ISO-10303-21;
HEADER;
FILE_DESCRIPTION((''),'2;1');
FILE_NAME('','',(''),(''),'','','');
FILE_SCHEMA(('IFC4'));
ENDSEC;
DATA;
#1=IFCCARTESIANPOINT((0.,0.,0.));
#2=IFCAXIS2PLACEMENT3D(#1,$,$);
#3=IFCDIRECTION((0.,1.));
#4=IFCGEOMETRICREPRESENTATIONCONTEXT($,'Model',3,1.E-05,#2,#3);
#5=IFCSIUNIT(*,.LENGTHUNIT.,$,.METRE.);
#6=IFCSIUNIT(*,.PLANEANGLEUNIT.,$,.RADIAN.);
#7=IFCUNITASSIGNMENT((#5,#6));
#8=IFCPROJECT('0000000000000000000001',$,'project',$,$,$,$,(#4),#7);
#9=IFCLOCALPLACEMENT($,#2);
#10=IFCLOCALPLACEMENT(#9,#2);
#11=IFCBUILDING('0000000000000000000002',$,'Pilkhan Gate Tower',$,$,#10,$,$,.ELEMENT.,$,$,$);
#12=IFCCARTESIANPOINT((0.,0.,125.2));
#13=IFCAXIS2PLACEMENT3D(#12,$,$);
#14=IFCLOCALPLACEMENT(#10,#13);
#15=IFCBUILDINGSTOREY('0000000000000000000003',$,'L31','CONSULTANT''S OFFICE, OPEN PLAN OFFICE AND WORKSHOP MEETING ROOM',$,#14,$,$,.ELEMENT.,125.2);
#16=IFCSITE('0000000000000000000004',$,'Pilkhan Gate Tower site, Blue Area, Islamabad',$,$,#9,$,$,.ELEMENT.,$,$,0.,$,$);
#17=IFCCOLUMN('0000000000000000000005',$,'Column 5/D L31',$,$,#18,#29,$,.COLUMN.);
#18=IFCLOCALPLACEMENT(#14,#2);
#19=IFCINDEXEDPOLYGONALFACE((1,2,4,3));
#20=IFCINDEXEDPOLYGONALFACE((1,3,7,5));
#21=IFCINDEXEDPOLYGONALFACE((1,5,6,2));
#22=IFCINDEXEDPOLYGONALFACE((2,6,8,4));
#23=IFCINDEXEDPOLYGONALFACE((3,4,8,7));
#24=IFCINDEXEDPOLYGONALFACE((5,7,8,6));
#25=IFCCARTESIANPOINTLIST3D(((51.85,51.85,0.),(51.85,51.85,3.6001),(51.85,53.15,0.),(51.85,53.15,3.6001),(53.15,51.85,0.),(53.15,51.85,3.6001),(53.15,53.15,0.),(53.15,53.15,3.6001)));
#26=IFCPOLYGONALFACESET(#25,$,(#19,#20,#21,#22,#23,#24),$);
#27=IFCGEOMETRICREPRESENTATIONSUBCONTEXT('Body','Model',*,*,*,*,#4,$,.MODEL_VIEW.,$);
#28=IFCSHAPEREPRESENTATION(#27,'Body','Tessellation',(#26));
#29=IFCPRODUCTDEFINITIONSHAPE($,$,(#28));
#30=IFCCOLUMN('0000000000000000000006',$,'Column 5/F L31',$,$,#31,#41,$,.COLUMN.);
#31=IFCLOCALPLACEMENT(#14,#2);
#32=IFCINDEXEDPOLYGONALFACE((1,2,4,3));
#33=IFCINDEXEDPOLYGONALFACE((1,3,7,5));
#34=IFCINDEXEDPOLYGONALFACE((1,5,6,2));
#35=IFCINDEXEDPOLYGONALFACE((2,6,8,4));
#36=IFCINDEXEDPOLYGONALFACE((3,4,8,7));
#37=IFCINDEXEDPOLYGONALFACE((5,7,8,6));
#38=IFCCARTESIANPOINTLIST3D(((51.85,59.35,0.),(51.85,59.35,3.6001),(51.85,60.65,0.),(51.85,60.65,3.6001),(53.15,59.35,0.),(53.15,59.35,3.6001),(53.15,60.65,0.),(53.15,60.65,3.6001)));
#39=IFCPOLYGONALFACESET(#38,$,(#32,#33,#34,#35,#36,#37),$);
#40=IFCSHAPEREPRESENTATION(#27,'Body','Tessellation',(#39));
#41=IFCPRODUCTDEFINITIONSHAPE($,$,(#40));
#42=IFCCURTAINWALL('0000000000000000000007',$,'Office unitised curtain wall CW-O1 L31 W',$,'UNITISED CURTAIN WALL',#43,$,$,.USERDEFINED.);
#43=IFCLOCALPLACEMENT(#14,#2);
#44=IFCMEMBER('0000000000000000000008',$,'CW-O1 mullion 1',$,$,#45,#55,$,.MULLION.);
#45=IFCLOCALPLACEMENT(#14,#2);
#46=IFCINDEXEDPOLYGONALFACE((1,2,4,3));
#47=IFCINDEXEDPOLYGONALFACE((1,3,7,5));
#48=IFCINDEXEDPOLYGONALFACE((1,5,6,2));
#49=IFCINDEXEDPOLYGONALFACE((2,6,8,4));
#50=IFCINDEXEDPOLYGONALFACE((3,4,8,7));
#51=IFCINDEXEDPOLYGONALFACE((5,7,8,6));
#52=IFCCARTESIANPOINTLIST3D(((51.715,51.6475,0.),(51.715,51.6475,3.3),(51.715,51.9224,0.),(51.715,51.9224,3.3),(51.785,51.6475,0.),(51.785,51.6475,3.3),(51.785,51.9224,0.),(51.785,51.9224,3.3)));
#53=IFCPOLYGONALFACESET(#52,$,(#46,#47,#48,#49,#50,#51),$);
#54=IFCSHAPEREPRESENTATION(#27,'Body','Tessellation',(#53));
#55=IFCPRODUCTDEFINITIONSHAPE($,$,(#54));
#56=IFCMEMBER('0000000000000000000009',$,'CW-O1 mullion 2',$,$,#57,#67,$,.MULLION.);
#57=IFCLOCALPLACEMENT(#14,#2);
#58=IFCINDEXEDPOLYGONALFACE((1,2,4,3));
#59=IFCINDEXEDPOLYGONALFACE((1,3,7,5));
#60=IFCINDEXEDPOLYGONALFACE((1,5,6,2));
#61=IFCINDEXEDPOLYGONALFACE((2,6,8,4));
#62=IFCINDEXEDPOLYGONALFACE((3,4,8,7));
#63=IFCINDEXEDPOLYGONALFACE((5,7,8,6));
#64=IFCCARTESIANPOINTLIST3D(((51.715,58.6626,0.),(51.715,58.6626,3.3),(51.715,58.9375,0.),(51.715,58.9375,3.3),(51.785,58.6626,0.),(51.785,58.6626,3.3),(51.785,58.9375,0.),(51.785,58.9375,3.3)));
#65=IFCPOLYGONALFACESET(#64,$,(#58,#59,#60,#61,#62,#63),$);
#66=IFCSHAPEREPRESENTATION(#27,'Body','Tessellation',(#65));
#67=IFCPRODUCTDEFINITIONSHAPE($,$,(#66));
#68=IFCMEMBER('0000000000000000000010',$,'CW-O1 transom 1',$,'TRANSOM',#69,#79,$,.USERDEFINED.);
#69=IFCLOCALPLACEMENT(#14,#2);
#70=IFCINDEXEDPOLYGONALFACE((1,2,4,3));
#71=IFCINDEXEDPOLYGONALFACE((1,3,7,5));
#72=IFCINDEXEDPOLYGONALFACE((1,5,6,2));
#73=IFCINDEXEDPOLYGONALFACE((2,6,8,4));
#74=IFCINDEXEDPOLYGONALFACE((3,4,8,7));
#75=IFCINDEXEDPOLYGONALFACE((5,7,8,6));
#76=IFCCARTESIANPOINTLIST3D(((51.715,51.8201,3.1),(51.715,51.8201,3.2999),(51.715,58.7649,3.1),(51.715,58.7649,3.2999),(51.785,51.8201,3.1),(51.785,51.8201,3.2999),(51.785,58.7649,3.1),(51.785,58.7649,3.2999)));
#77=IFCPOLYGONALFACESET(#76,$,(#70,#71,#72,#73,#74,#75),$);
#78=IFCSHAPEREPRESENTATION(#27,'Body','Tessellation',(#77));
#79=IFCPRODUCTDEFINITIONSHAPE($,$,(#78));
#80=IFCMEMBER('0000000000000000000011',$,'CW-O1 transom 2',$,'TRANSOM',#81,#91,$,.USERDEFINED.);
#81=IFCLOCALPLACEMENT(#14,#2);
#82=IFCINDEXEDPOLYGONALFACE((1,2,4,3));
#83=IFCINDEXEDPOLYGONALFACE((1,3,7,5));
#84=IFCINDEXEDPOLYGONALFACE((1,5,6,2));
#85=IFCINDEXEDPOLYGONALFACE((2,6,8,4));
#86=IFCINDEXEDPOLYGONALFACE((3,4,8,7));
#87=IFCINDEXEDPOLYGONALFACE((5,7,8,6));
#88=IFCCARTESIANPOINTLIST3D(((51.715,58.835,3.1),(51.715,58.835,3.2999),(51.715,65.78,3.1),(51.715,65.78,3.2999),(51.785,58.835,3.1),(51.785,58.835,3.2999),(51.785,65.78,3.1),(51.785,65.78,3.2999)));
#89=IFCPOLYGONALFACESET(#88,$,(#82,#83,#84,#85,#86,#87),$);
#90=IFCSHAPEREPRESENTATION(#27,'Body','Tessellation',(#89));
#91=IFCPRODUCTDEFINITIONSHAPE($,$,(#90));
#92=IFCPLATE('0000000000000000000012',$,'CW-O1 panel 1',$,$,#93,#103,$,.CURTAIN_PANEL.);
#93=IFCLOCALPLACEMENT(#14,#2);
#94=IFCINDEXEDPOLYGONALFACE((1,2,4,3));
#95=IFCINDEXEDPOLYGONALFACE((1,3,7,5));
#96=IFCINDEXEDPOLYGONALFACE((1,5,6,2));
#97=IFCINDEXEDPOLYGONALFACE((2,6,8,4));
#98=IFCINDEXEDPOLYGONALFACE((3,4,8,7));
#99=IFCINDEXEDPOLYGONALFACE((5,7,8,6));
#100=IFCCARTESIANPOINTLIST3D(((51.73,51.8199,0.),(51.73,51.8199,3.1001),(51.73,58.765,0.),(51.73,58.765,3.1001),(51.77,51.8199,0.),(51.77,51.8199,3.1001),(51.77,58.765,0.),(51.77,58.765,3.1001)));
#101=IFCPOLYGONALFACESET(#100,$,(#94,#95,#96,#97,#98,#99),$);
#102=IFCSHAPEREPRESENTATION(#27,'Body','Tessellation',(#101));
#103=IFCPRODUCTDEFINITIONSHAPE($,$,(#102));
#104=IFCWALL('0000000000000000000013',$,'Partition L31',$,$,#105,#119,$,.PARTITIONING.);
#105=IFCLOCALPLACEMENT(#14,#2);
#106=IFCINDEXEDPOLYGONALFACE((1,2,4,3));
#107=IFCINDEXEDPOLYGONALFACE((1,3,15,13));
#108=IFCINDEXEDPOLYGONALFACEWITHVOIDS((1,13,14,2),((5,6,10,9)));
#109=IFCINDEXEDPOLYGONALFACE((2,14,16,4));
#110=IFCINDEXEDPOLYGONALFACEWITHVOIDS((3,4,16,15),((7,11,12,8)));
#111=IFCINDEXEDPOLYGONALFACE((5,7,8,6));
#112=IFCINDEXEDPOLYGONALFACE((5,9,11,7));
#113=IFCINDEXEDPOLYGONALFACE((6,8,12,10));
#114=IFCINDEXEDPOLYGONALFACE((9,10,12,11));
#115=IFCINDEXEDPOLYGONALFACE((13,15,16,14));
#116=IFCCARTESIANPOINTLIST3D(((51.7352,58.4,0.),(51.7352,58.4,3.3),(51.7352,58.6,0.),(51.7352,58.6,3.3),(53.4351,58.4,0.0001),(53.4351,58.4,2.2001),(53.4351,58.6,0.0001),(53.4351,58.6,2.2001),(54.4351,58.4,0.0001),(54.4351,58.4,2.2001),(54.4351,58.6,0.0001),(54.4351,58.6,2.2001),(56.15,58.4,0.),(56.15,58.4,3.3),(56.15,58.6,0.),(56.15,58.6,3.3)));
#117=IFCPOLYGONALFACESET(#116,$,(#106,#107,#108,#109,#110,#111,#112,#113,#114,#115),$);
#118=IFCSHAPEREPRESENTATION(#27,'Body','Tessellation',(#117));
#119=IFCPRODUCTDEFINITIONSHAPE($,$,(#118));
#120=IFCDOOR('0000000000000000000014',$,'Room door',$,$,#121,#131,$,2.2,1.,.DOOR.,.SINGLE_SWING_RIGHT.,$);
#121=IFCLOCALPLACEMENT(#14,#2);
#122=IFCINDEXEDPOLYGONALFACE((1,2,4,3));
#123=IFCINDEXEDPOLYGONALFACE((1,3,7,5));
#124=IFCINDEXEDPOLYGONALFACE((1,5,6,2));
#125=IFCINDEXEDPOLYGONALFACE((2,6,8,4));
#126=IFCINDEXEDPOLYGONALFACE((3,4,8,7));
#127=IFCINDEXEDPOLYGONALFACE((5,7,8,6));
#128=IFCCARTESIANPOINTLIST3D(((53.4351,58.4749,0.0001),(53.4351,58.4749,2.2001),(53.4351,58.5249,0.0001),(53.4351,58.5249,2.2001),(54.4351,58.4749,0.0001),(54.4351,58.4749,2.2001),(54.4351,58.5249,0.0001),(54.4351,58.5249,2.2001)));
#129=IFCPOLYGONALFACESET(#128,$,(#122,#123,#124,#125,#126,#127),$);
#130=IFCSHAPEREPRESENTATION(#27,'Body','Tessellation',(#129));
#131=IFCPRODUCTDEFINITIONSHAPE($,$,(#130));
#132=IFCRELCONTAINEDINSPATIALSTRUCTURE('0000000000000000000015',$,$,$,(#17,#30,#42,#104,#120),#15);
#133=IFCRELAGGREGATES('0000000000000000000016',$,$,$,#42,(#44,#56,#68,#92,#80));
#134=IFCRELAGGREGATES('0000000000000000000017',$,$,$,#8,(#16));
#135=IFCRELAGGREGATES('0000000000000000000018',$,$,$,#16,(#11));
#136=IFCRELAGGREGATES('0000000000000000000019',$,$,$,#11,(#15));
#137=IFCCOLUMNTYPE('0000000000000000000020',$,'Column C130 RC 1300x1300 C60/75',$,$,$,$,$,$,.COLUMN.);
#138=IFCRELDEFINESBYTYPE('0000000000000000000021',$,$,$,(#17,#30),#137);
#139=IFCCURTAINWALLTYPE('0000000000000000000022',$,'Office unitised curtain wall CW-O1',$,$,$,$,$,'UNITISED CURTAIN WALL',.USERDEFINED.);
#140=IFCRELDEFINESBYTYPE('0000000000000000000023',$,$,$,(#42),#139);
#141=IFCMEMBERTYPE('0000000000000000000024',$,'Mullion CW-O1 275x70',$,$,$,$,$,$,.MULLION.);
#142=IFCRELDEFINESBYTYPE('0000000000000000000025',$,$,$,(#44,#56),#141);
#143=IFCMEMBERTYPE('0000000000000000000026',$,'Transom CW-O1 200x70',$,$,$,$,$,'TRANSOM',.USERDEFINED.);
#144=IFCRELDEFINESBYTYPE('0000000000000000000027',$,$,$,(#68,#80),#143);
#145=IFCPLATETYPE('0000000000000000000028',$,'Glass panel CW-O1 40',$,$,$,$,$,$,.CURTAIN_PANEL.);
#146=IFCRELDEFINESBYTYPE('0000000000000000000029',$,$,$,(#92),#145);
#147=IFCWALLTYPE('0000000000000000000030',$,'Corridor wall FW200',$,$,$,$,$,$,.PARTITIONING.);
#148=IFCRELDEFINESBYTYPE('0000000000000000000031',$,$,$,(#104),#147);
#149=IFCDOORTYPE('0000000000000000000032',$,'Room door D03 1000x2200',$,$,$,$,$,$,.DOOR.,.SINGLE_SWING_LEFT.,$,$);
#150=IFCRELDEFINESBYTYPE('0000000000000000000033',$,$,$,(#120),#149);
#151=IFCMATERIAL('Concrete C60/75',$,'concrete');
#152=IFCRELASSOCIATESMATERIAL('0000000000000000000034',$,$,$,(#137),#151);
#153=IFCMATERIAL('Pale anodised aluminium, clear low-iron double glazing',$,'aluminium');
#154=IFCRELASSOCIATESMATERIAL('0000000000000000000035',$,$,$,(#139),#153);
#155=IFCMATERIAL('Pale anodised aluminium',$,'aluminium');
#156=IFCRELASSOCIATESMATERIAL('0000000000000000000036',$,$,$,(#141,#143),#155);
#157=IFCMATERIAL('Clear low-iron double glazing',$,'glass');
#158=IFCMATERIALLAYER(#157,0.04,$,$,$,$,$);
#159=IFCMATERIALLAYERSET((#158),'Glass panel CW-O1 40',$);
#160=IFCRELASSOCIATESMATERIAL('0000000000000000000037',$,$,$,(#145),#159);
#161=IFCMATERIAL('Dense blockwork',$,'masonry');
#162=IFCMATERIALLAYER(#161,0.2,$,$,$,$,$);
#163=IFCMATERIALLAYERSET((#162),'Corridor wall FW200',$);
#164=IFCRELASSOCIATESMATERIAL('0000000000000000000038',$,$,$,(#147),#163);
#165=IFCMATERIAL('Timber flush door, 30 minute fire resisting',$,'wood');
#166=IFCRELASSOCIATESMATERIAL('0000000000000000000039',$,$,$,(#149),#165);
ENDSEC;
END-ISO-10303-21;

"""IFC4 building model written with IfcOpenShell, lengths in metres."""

from ifc_helpers import new_model, si_unit, direction, frame, frame_2d, origin, origin_2d, place, context, subcontext, project, spatial, rectangle, extrude, material, layer, layer_set, material_profile, profile_set, type_object, element, fill, aggregate, save


model = new_model("IFC4")

# Units and contexts
model_context = context("Model", 3, precision=1e-05, world=origin(), true_north=direction((0.0, 1.0)))
body_context = subcontext(model_context, "Body", "Model", "MODEL_VIEW")
ifc_project = project(units=[si_unit("LENGTHUNIT", "METRE"), si_unit("PLANEANGLEUNIT", "RADIAN")], contexts=[model_context])

# Site, building, storey
site_placement = place(None, origin())
site = spatial("IfcSite", under=ifc_project, at=site_placement, Name="Pilkhan Gate Tower site, Blue Area, Islamabad", CompositionType="ELEMENT", RefElevation=0.0)
building_placement = place(site_placement, origin())
building = spatial("IfcBuilding", under=site, at=building_placement, Name="Pilkhan Gate Tower", CompositionType="ELEMENT")
storey_placement = place(building_placement, frame((0.0, 0.0, 125.2)))
storey = spatial("IfcBuildingStorey", under=building, at=storey_placement, Name="L31", Description="CONSULTANT'S OFFICE, OPEN PLAN OFFICE AND WORKSHOP MEETING ROOM", CompositionType="ELEMENT", Elevation=125.2)

# Columns
ifc_material_1 = material(Name="Concrete C60/75", Category="concrete")
ifc_material_profile_1 = material_profile(ifc_material_1, rectangle(XDim=1.3, YDim=1.3, at=origin_2d()), Name="RC 1300x1300")
ifc_profile_set_1 = profile_set([ifc_material_profile_1], Name="Concrete C60/75")
column_type = type_object("IfcColumnType", Name="Column C130 RC 1300x1300 C60/75", PredefinedType="COLUMN", material=ifc_profile_set_1)
for number, where, z_axis, x_axis, name in (
    (1, (52.5, 52.5, 0.0), (0.0, 0.0, 1.0), (1.0, 0.0, 0.0), "Column 5/D L31"),
    (2, (52.5, 60.0, 0.0), (0.0, 0.0, 1.0), (1.0, 0.0, 0.0), "Column 5/F L31"),
):
    element("IfcColumn", number, at=place(storey_placement, frame(where, z_axis=z_axis, x_axis=x_axis)), inside=storey, type_object=column_type, Name=name, PredefinedType="COLUMN", context=body_context, shape_type="SweptSolid", body=[
        extrude(rectangle(XDim=1.3, YDim=1.3, at=origin_2d()), origin(), (0.0, 0.0, 1.0), 3.6001),
    ])

# Curtain wall, members, plate
ifc_material_2 = material(Name="Pale anodised aluminium, clear low-iron double glazing", Category="aluminium")
curtain_wall_type = type_object("IfcCurtainWallType", Name="Office unitised curtain wall CW-O1", ElementType="UNITISED CURTAIN WALL", PredefinedType="USERDEFINED", material=ifc_material_2)
curtain_wall_placement = place(storey_placement, origin())
curtain_wall = element("IfcCurtainWall", 3, at=curtain_wall_placement, inside=storey, type_object=curtain_wall_type, Name="Office unitised curtain wall CW-O1 L31 W", ObjectType="UNITISED CURTAIN WALL", PredefinedType="USERDEFINED")
ifc_material_3 = material(Name="Pale anodised aluminium", Category="aluminium")
ifc_material_profile_2 = material_profile(ifc_material_3, rectangle(XDim=0.0701, YDim=0.2749, at=origin_2d()), Name="Mullion 275x70")
ifc_profile_set_2 = profile_set([ifc_material_profile_2], Name="Pale anodised aluminium")
member_type_1 = type_object("IfcMemberType", Name="Mullion CW-O1 275x70", PredefinedType="MULLION", material=ifc_profile_set_2)
member_1_placement = place(storey_placement, frame((51.75, 51.7849, 0.0), z_axis=(0.0, 0.0, 1.0), x_axis=(-1.0, 0.0, 0.0)))
member_1 = element("IfcMember", 4, at=member_1_placement, type_object=member_type_1, Name="CW-O1 mullion 1", PredefinedType="MULLION", context=body_context, shape_type="SweptSolid", body=[
    extrude(rectangle(XDim=0.0701, YDim=0.2749, at=origin_2d()), origin(), (0.0, 0.0, 1.0), 3.3),
])
member_2_placement = place(storey_placement, frame((51.75, 58.8, 0.0), z_axis=(0.0, 0.0, 1.0), x_axis=(-1.0, 0.0, 0.0)))
member_2 = element("IfcMember", 5, at=member_2_placement, type_object=member_type_1, Name="CW-O1 mullion 2", PredefinedType="MULLION", context=body_context, shape_type="SweptSolid", body=[
    extrude(rectangle(XDim=0.0701, YDim=0.2749, at=origin_2d()), origin(), (0.0, 0.0, 1.0), 3.3),
])
ifc_material_profile_3 = material_profile(ifc_material_3, rectangle(XDim=0.0701, YDim=0.2, at=origin_2d()), Name="Transom 200x70")
ifc_profile_set_3 = profile_set([ifc_material_profile_3], Name="Pale anodised aluminium")
member_type_2 = type_object("IfcMemberType", Name="Transom CW-O1 200x70", ElementType="TRANSOM", PredefinedType="USERDEFINED", material=ifc_profile_set_3)
member_3_placement = place(storey_placement, frame((51.75, 51.8201, 3.2), z_axis=(0.0, 1.0, 0.0), x_axis=(-1.0, 0.0, 0.0)))
member_3 = element("IfcMember", 6, at=member_3_placement, type_object=member_type_2, Name="CW-O1 transom 1", ObjectType="TRANSOM", PredefinedType="USERDEFINED", context=body_context, shape_type="SweptSolid", body=[
    extrude(rectangle(XDim=0.0701, YDim=0.2, at=origin_2d()), origin(), (0.0, 0.0, 1.0), 6.9448),
])
member_4_placement = place(storey_placement, frame((51.75, 58.835, 3.2), z_axis=(0.0, 1.0, 0.0), x_axis=(-1.0, 0.0, 0.0)))
member_4 = element("IfcMember", 7, at=member_4_placement, type_object=member_type_2, Name="CW-O1 transom 2", ObjectType="TRANSOM", PredefinedType="USERDEFINED", context=body_context, shape_type="SweptSolid", body=[
    extrude(rectangle(XDim=0.0701, YDim=0.2, at=origin_2d()), origin(), (0.0, 0.0, 1.0), 6.9451),
])
ifc_material_4 = material(Name="Clear low-iron double glazing", Category="glass")
ifc_layer_1 = layer(ifc_material_4, 0.04)
ifc_layer_set_1 = layer_set([ifc_layer_1], Name="Glass panel CW-O1 40")
plate_type = type_object("IfcPlateType", Name="Glass panel CW-O1 40", PredefinedType="CURTAIN_PANEL", material=ifc_layer_set_1)
plate_placement = place(storey_placement, frame((51.75, 55.2925, 0.0), z_axis=(0.0, 0.0, 1.0), x_axis=(0.0, 1.0, 0.0)))
plate = element("IfcPlate", 8, at=plate_placement, type_object=plate_type, Name="CW-O1 panel 1", PredefinedType="CURTAIN_PANEL", context=body_context, shape_type="SweptSolid", body=[
    extrude(rectangle(XDim=6.9451, YDim=0.04, at=origin_2d()), origin(), (0.0, 0.0, 1.0), 3.1001),
])
aggregate(curtain_wall, [member_1, member_2, member_3, plate, member_4])

# Shared definitions
ifc_material_5 = material(Name="Dense blockwork", Category="masonry")
ifc_layer_2 = layer(ifc_material_5, 0.2)
ifc_layer_set_2 = layer_set([ifc_layer_2], Name="Corridor wall FW200")
wall_type = type_object("IfcWallType", Name="Corridor wall FW200", PredefinedType="PARTITIONING", material=ifc_layer_set_2)
ifc_material_6 = material(Name="Timber flush door, 30 minute fire resisting", Category="wood")
door_type_1 = type_object("IfcDoorType", Name="Room door D03 1000x2200", OperationType="SINGLE_SWING_LEFT", PredefinedType="DOOR", material=ifc_material_6)

# Wall, opening, door
wall_1_placement = place(storey_placement, frame((51.7351, 58.5, 0.0), z_axis=(0.0, 0.0, 1.0), x_axis=(1.0, 0.0, 0.0)))
wall_1 = element("IfcWall", 9, at=wall_1_placement, inside=storey, type_object=wall_type, Name="Partition L31", PredefinedType="PARTITIONING", context=body_context, shape_type="SweptSolid", body=[
    extrude(rectangle(XDim=4.4148, YDim=0.2, at=frame_2d((2.2075, 0.0))), origin(), (0.0, 0.0, 1.0), 3.3),
])
opening_1_placement = place(wall_1_placement, frame((1.7, 0.0, 0.0)))
opening_1 = element("IfcOpeningElement", 10, at=opening_1_placement, cuts=wall_1, PredefinedType="OPENING", context=body_context, shape_type="SweptSolid", body=[
    extrude(rectangle(XDim=1.0, YDim=2.2, at=frame_2d((0.5, 1.1001))), frame((0.0, 0.1099, 0.0), z_axis=(0.0, -1.0, 0.0), x_axis=(1.0, 0.0, 0.0)), (0.0, 0.0, 1.0), 0.22),
])
door_1_placement = place(opening_1_placement, origin())
door_1 = element("IfcDoor", 11, at=door_1_placement, inside=storey, type_object=door_type_1, Name="Room door", OperationType="SINGLE_SWING_RIGHT", OverallHeight=2.2, OverallWidth=1.0, PredefinedType="DOOR", context=body_context, shape_type="SweptSolid", body=[
    extrude(rectangle(XDim=1.0, YDim=2.2, at=frame_2d((0.5, 1.1001))), frame((0.0, 0.0249, 0.0), z_axis=(0.0, -1.0, 0.0), x_axis=(1.0, 0.0, 0.0)), (0.0, 0.0, 1.0), 0.05),
])
fill(opening_1, door_1)

save(model, "model.ifc")
